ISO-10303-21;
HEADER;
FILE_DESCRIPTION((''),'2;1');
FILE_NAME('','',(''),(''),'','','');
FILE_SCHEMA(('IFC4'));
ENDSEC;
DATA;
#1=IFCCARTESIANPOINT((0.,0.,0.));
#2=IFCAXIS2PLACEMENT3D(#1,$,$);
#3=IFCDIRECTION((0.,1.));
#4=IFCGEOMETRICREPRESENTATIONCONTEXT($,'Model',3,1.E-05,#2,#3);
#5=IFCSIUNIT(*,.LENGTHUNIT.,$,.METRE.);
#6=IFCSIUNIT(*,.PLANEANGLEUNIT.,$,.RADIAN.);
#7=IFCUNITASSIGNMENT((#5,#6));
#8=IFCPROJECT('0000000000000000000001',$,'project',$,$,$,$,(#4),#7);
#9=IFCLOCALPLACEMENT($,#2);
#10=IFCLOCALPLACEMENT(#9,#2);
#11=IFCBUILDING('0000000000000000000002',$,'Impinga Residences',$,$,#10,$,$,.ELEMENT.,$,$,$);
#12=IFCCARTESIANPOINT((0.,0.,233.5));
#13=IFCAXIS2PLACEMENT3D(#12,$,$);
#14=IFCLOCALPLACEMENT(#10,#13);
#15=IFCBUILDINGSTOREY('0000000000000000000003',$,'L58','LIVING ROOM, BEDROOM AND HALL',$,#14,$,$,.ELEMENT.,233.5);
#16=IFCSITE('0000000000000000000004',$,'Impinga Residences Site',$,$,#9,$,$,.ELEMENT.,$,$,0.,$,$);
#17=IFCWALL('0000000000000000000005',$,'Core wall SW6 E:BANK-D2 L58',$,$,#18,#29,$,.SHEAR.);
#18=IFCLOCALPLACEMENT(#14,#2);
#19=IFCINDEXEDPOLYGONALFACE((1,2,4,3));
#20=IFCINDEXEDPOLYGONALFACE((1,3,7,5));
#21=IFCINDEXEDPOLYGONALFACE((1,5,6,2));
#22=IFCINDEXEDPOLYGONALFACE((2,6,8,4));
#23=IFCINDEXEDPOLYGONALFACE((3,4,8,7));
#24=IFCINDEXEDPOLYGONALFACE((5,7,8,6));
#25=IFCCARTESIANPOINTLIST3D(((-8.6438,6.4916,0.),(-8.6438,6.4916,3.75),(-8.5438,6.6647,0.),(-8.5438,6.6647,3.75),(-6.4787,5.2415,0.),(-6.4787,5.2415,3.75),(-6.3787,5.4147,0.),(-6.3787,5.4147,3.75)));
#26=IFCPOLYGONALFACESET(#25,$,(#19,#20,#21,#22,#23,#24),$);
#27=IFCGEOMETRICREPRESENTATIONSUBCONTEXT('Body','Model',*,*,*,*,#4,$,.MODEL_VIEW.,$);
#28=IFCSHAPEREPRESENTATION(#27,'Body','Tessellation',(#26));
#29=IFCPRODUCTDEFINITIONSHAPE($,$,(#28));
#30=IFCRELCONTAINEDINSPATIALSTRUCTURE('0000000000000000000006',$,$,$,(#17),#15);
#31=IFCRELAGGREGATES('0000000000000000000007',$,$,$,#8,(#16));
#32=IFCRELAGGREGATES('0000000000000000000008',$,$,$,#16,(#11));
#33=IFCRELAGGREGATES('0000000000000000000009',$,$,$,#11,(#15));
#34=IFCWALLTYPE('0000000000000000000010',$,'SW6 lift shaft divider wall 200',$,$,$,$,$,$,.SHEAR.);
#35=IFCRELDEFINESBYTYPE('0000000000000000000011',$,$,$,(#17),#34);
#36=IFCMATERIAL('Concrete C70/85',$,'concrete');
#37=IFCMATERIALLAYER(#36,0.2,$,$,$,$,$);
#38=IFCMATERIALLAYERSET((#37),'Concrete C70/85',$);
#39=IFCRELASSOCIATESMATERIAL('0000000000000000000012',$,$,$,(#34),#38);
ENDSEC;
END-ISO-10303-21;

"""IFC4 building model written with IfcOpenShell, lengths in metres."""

from ifc_helpers import new_model, si_unit, direction, frame, frame_2d, origin, place, context, subcontext, project, spatial, rectangle, extrude, material, layer, layer_set, type_object, element, save


model = new_model("IFC4")

# Units and contexts
model_context = context("Model", 3, precision=1e-05, world=origin(), true_north=direction((0.0, 1.0)))
body_context = subcontext(model_context, "Body", "Model", "MODEL_VIEW")
ifc_project = project(units=[si_unit("LENGTHUNIT", "METRE"), si_unit("PLANEANGLEUNIT", "RADIAN")], contexts=[model_context])

# Site, building, storey
site_placement = place(None, origin())
site = spatial("IfcSite", under=ifc_project, at=site_placement, Name="Impinga Residences Site", CompositionType="ELEMENT", RefElevation=0.0)
building_placement = place(site_placement, origin())
building = spatial("IfcBuilding", under=site, at=building_placement, Name="Impinga Residences", CompositionType="ELEMENT")
storey_placement = place(building_placement, frame((0.0, 0.0, 233.5)))
storey = spatial("IfcBuildingStorey", under=building, at=storey_placement, Name="L58", Description="LIVING ROOM, BEDROOM AND HALL", CompositionType="ELEMENT", Elevation=233.5)

# Wall
ifc_material_1 = material(Name="Concrete C70/85", Category="concrete")
ifc_layer_1 = layer(ifc_material_1, 0.2)
ifc_layer_set_1 = layer_set([ifc_layer_1], Name="Concrete C70/85")
wall_type_1 = type_object("IfcWallType", Name="SW6 lift shaft divider wall 200", PredefinedType="SHEAR", material=ifc_layer_set_1)
wall_1_placement = place(storey_placement, frame((-6.4287, 5.3281, 0.0), z_axis=(0.0, 0.0, 1.0), x_axis=(-0.866023, 0.500004, 0.0)))
element("IfcWall", 1, at=wall_1_placement, inside=storey, type_object=wall_type_1, Name="Core wall SW6 E:BANK-D2 L58", PredefinedType="SHEAR", context=body_context, shape_type="SweptSolid", body=[
    extrude(rectangle(XDim=2.5, YDim=0.2, at=frame_2d((1.25, 0.0))), origin(), (0.0, 0.0, 1.0), 3.75),
])

save(model, "model.ifc")
